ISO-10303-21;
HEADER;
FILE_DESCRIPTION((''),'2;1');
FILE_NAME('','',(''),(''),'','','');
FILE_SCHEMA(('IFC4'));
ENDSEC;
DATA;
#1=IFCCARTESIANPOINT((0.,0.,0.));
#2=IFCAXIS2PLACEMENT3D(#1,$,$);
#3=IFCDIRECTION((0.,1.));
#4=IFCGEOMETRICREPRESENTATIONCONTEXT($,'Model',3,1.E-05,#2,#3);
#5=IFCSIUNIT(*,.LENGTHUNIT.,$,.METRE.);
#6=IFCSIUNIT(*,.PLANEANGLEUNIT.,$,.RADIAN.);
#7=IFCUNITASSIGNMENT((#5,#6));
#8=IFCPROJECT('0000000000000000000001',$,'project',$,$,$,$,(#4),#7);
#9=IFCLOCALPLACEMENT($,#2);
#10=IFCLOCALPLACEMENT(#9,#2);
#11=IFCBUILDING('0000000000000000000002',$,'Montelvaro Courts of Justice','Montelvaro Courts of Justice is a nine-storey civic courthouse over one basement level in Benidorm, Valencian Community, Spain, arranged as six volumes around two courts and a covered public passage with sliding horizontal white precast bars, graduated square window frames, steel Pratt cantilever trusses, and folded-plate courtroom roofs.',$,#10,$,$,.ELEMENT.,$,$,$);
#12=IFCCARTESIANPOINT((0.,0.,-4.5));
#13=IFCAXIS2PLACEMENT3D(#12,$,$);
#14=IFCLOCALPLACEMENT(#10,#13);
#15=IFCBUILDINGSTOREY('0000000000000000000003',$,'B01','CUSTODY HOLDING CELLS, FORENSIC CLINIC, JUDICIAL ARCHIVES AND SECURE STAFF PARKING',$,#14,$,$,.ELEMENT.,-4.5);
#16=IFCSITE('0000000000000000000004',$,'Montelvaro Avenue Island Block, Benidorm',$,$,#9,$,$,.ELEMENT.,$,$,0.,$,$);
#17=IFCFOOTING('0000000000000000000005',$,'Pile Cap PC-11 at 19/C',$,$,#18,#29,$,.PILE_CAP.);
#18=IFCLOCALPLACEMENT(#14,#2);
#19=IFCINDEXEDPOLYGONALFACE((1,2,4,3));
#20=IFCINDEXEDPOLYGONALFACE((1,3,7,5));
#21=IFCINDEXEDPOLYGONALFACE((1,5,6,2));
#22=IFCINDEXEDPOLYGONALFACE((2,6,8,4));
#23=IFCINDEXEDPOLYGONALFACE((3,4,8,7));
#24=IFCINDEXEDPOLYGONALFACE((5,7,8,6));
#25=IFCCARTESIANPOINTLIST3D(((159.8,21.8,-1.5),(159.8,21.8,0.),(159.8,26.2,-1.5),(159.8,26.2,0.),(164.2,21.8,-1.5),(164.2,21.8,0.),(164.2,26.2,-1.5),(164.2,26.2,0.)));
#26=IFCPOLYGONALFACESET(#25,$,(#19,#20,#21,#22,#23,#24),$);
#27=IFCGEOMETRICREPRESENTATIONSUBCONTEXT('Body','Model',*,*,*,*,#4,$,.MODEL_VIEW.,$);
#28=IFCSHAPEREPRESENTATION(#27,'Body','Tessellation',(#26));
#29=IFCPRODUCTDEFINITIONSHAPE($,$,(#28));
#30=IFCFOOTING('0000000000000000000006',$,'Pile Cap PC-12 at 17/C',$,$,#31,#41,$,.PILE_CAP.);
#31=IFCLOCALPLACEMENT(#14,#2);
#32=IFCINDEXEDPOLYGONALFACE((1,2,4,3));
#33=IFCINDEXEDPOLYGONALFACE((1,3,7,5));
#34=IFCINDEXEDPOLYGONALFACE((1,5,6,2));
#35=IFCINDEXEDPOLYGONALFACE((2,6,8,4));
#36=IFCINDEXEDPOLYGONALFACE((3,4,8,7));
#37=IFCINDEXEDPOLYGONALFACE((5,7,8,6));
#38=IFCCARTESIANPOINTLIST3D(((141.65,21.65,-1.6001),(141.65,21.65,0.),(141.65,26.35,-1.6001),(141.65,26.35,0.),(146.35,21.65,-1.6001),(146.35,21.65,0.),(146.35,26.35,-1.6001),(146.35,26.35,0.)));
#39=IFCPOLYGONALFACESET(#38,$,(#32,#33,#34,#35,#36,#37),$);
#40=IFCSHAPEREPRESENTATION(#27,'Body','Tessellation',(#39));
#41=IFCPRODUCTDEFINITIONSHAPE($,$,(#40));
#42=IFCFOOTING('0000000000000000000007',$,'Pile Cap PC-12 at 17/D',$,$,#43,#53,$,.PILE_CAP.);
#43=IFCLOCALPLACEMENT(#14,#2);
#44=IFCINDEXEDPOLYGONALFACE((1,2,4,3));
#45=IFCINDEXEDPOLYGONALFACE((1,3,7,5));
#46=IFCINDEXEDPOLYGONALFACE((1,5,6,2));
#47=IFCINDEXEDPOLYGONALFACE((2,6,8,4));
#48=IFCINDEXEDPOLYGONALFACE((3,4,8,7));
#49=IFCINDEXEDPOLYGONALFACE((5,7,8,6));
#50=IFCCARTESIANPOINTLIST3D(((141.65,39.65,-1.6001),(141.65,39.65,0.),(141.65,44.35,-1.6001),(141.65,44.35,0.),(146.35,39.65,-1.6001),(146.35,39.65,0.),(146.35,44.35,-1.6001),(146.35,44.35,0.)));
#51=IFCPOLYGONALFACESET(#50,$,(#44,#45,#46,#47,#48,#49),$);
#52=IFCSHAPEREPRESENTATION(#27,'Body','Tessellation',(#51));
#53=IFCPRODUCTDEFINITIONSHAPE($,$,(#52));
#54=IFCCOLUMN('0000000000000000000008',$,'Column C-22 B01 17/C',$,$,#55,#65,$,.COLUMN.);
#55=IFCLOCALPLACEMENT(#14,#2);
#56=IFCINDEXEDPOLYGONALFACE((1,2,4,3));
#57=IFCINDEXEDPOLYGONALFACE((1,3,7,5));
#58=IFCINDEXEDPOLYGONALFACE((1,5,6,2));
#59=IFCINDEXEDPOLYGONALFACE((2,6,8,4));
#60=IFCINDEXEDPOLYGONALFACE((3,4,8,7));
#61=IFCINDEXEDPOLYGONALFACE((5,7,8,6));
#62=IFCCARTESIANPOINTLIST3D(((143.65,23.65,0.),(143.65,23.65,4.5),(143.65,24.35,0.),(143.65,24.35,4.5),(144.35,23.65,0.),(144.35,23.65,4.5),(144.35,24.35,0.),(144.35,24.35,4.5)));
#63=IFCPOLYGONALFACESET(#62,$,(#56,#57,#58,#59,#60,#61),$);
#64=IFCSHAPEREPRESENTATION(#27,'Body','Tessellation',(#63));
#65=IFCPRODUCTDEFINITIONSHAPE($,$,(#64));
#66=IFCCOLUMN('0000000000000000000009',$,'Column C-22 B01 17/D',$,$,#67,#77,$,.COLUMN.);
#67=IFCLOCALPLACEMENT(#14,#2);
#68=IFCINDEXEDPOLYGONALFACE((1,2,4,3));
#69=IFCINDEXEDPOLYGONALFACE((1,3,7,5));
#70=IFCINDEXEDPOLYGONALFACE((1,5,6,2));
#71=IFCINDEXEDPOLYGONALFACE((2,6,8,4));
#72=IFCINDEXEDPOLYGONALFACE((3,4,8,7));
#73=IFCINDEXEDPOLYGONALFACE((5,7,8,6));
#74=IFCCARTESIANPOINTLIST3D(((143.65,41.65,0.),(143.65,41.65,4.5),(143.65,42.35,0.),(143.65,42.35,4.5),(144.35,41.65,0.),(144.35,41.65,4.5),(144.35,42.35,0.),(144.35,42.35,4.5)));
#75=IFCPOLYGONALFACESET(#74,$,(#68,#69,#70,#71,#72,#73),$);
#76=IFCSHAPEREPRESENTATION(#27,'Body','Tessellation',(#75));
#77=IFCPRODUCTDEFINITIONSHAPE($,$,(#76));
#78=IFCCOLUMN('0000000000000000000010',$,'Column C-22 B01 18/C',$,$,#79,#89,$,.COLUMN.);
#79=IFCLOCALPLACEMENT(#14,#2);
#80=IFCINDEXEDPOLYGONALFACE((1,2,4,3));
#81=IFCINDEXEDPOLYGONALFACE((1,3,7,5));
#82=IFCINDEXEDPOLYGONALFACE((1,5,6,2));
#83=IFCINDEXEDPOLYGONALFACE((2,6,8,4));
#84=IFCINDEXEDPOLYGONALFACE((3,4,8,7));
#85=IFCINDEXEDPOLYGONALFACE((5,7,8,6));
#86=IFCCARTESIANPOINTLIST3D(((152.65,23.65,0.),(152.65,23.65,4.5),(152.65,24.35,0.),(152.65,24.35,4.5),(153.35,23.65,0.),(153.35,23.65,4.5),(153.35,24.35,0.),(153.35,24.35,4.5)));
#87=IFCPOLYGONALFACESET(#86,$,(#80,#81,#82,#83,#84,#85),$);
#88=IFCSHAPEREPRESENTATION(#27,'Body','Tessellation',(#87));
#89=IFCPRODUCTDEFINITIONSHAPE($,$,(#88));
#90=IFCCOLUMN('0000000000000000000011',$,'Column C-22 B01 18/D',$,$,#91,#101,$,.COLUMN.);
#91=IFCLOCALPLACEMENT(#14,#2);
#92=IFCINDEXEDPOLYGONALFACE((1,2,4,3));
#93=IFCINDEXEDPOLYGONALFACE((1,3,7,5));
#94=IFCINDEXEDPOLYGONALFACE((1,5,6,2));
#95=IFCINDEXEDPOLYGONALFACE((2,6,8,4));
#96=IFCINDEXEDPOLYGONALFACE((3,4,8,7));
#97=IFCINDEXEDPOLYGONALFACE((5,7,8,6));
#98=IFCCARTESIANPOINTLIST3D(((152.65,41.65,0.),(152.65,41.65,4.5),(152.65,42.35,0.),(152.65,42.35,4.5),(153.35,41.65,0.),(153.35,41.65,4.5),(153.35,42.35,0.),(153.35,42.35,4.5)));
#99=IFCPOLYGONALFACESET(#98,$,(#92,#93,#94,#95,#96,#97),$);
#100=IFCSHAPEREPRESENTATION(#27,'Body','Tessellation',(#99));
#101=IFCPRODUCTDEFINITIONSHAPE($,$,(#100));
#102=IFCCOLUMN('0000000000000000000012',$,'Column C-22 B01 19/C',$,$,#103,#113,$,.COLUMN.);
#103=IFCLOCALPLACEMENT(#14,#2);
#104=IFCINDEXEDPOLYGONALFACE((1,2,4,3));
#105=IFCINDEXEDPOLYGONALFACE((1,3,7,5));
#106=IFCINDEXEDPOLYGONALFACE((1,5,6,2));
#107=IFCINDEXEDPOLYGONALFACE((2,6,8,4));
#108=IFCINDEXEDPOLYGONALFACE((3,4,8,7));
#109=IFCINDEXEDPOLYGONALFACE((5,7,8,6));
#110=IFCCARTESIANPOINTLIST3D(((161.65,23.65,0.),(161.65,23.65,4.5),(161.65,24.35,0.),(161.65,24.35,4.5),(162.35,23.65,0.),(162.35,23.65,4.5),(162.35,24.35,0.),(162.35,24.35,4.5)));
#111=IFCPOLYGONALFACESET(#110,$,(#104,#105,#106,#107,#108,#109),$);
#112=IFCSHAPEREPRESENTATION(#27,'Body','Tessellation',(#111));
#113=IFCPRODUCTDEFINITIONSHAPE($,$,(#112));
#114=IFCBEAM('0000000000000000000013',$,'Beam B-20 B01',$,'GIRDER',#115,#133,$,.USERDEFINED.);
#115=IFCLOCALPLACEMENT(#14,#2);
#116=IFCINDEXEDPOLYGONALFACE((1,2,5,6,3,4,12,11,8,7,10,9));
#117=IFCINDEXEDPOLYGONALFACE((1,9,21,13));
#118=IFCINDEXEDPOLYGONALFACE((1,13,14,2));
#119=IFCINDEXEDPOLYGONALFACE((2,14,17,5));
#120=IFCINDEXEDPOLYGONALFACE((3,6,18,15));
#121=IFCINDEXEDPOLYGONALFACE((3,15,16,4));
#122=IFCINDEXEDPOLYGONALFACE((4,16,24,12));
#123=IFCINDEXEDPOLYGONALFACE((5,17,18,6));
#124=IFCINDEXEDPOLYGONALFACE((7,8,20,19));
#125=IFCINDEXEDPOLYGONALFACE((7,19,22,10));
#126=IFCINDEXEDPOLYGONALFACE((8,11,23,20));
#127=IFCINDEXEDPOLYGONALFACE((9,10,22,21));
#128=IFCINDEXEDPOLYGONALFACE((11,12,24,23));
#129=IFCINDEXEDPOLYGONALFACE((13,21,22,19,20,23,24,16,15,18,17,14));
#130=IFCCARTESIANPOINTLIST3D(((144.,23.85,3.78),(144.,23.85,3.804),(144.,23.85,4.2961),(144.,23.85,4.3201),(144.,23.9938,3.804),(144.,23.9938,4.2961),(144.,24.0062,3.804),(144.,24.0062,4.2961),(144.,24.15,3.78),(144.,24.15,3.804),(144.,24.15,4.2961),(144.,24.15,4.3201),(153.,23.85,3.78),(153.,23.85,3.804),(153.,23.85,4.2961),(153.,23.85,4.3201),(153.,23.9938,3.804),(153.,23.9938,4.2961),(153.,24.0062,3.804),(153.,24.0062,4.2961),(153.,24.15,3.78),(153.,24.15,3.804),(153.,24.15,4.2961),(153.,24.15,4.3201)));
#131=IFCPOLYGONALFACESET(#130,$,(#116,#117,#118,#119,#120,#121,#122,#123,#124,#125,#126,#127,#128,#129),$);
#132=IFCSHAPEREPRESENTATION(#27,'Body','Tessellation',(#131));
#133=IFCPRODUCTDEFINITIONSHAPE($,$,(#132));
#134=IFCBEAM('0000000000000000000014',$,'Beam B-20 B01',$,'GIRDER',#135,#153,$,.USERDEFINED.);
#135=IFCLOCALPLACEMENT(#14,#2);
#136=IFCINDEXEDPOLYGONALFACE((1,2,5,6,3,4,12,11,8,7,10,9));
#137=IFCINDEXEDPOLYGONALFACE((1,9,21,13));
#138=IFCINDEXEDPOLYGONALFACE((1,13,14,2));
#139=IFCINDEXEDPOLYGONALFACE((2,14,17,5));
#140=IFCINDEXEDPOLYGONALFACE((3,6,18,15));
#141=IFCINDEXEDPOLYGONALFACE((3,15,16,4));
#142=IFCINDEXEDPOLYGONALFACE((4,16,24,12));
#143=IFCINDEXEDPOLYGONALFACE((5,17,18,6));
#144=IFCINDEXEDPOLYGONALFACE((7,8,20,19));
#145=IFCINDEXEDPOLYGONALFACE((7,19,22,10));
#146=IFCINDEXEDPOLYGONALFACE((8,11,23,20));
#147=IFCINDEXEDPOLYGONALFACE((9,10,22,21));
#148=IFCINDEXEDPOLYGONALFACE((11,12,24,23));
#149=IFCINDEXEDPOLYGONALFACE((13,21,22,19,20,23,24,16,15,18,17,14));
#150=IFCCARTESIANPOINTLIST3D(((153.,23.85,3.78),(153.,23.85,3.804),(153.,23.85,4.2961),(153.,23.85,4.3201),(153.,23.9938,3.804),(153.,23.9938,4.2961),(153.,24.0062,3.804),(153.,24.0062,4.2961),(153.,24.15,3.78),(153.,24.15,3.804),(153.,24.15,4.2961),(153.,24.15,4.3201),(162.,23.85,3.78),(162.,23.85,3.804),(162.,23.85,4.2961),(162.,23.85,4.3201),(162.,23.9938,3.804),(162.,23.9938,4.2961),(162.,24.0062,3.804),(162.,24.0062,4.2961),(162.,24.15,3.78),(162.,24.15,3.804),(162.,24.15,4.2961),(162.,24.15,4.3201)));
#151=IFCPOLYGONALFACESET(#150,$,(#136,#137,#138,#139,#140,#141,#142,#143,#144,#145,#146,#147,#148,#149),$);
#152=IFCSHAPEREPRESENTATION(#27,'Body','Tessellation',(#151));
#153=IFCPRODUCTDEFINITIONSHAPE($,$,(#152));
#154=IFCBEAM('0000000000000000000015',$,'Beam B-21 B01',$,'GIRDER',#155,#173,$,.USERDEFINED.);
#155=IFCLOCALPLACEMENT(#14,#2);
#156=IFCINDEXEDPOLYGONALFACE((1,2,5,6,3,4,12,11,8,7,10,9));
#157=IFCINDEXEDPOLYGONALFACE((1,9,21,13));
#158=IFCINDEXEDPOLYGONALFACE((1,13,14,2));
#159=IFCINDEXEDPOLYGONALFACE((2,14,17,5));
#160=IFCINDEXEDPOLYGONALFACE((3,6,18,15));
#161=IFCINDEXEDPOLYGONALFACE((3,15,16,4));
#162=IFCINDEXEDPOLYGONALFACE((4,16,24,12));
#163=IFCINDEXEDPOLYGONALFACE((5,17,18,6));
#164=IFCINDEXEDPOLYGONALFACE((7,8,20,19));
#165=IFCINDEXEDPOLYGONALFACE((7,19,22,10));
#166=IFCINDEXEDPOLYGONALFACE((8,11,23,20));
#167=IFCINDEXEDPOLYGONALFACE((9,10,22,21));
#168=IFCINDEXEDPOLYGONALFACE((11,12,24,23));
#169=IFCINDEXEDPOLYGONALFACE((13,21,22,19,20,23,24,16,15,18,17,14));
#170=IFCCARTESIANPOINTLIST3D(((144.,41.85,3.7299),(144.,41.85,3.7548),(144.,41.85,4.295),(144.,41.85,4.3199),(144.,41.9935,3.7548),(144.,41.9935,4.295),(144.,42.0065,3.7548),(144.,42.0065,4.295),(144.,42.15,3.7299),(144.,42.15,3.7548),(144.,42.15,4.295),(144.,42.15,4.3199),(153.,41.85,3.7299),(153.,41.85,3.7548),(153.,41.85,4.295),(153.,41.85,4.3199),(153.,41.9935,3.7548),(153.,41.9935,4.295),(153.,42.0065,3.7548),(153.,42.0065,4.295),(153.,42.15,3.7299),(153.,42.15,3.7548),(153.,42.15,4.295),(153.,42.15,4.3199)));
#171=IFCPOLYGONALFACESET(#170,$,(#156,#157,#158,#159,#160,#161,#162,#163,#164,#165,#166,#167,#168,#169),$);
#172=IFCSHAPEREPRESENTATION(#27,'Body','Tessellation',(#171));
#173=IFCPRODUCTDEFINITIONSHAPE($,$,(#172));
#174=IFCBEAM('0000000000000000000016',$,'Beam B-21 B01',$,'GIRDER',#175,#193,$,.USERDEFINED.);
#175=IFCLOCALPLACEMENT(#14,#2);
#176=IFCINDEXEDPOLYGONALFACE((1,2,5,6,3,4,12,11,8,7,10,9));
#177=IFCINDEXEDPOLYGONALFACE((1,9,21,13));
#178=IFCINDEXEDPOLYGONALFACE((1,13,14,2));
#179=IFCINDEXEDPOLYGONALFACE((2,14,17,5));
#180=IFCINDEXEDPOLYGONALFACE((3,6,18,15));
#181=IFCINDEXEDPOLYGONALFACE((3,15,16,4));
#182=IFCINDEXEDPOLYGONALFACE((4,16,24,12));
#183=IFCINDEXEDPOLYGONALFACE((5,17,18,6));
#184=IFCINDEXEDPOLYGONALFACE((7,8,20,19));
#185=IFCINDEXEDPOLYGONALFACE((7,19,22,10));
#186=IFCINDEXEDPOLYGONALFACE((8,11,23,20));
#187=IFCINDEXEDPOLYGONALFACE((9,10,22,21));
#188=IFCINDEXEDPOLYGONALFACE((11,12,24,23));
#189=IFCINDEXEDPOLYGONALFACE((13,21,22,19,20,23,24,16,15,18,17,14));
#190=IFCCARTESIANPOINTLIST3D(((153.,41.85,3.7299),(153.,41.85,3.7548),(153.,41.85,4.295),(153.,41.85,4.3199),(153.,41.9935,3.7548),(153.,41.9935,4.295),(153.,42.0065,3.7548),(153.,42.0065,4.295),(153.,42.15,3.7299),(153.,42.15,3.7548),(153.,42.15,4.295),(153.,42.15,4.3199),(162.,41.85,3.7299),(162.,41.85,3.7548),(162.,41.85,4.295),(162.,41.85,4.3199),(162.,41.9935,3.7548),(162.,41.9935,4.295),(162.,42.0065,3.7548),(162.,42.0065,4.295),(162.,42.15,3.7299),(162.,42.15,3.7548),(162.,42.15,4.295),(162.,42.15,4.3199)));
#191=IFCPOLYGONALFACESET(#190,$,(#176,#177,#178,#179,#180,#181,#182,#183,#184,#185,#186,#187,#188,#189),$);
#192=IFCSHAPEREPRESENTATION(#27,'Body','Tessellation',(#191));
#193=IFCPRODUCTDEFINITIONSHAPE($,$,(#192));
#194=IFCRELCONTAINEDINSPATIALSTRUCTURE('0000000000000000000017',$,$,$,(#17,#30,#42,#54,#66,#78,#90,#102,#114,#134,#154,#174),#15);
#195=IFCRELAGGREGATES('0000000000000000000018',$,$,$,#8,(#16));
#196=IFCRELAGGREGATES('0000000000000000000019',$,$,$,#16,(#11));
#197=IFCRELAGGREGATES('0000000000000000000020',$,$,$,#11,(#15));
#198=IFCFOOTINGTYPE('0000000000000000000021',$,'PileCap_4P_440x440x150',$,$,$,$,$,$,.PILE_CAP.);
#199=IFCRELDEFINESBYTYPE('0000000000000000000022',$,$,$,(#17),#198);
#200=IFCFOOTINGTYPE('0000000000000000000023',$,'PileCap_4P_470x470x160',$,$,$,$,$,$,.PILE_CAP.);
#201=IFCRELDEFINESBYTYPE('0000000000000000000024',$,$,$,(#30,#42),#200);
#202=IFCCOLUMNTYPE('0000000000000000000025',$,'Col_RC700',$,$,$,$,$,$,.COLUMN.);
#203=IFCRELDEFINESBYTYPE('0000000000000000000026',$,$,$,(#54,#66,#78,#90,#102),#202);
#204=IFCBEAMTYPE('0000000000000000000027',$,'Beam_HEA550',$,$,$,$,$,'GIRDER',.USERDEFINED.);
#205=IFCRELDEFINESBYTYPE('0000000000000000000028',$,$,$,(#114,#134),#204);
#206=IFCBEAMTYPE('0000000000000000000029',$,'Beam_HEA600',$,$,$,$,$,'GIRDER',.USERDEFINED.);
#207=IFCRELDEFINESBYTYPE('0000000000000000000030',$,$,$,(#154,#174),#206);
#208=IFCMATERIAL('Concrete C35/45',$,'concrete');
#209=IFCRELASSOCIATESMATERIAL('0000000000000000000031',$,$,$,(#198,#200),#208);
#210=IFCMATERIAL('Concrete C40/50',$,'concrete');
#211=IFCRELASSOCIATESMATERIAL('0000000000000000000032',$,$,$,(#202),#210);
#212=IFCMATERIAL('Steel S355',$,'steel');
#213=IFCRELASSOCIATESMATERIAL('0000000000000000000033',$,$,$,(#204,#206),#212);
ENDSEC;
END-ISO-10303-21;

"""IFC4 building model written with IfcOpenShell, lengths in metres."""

from ifc_helpers import new_model, si_unit, direction, frame, origin, origin_2d, place, context, subcontext, project, spatial, rectangle, i_section, extrude, material, material_profile, profile_set, type_object, element, save


model = new_model("IFC4")

# Units and contexts
model_context = context("Model", 3, precision=1e-05, world=origin(), true_north=direction((0.0, 1.0)))
body_context = subcontext(model_context, "Body", "Model", "MODEL_VIEW")
ifc_project = project(units=[si_unit("LENGTHUNIT", "METRE"), si_unit("PLANEANGLEUNIT", "RADIAN")], contexts=[model_context])

# Site, building, storey
site_placement = place(None, origin())
site = spatial("IfcSite", under=ifc_project, at=site_placement, Name="Montelvaro Avenue Island Block, Benidorm", CompositionType="ELEMENT", RefElevation=0.0)
building_placement = place(site_placement, origin())
building = spatial("IfcBuilding", under=site, at=building_placement, Name="Montelvaro Courts of Justice", Description="Montelvaro Courts of Justice is a nine-storey civic courthouse over one basement level in Benidorm, Valencian Community, Spain, arranged as six volumes around two courts and a covered public passage with sliding horizontal white precast bars, graduated square window frames, steel Pratt cantilever trusses, and folded-plate courtroom roofs.", CompositionType="ELEMENT")
storey_placement = place(building_placement, frame((0.0, 0.0, -4.5)))
storey = spatial("IfcBuildingStorey", under=building, at=storey_placement, Name="B01", Description="CUSTODY HOLDING CELLS, FORENSIC CLINIC, JUDICIAL ARCHIVES AND SECURE STAFF PARKING", CompositionType="ELEMENT", Elevation=-4.5)

# Shared definitions
ifc_material_1 = material(Name="Concrete C35/45", Category="concrete")

# Footings
footing_type_1 = type_object("IfcFootingType", Name="PileCap_4P_440x440x150", PredefinedType="PILE_CAP", material=ifc_material_1)
footing_placement = place(storey_placement, frame((162.0, 24.0, -1.5), z_axis=(0.0, 0.0, 1.0), x_axis=(1.0, 0.0, 0.0)))
element("IfcFooting", 1, at=footing_placement, inside=storey, type_object=footing_type_1, Name="Pile Cap PC-11 at 19/C", PredefinedType="PILE_CAP", context=body_context, shape_type="SweptSolid", body=[
    extrude(rectangle(XDim=4.3999, YDim=4.3999, at=origin_2d()), origin(), (0.0, 0.0, 1.0), 1.5),
])
footing_type_2 = type_object("IfcFootingType", Name="PileCap_4P_470x470x160", PredefinedType="PILE_CAP", material=ifc_material_1)
for number, where, z_axis, x_axis, name in (
    (2, (144.0, 24.0, -1.6001), (0.0, 0.0, 1.0), (1.0, 0.0, 0.0), "Pile Cap PC-12 at 17/C"),
    (3, (144.0, 42.0, -1.6001), (0.0, 0.0, 1.0), (1.0, 0.0, 0.0), "Pile Cap PC-12 at 17/D"),
):
    element("IfcFooting", number, at=place(storey_placement, frame(where, z_axis=z_axis, x_axis=x_axis)), inside=storey, type_object=footing_type_2, Name=name, PredefinedType="PILE_CAP", context=body_context, shape_type="SweptSolid", body=[
        extrude(rectangle(XDim=4.7, YDim=4.7, at=origin_2d()), origin(), (0.0, 0.0, 1.0), 1.6001),
    ])

# Columns
ifc_material_2 = material(Name="Concrete C40/50", Category="concrete")
ifc_material_profile_1 = material_profile(ifc_material_2, rectangle(XDim=0.7, YDim=0.7, at=origin_2d()), Name="RC 700x700")
ifc_profile_set_1 = profile_set([ifc_material_profile_1], Name="Concrete C40/50")
column_type = type_object("IfcColumnType", Name="Col_RC700", PredefinedType="COLUMN", material=ifc_profile_set_1)
for number, where, z_axis, x_axis, name in (
    (4, (144.0, 24.0, 0.0), (0.0, 0.0, 1.0), (1.0, 0.0, 0.0), "Column C-22 B01 17/C"),
    (5, (144.0, 42.0, 0.0), (0.0, 0.0, 1.0), (1.0, 0.0, 0.0), "Column C-22 B01 17/D"),
    (6, (153.0, 24.0, 0.0), (0.0, 0.0, 1.0), (1.0, 0.0, 0.0), "Column C-22 B01 18/C"),
    (7, (153.0, 42.0, 0.0), (0.0, 0.0, 1.0), (1.0, 0.0, 0.0), "Column C-22 B01 18/D"),
    (8, (162.0, 24.0, 0.0), (0.0, 0.0, 1.0), (1.0, 0.0, 0.0), "Column C-22 B01 19/C"),
):
    element("IfcColumn", number, at=place(storey_placement, frame(where, z_axis=z_axis, x_axis=x_axis)), inside=storey, type_object=column_type, Name=name, PredefinedType="COLUMN", context=body_context, shape_type="SweptSolid", body=[
        extrude(rectangle(XDim=0.7, YDim=0.7, at=origin_2d()), origin(), (0.0, 0.0, 1.0), 4.5),
    ])

# Beams
ifc_material_3 = material(Name="Steel S355", Category="steel")
ifc_material_profile_2 = material_profile(ifc_material_3, i_section(OverallWidth=0.3, OverallDepth=0.54, WebThickness=0.0125, FlangeThickness=0.0239, at=origin_2d()), Name="HEA 550")
ifc_profile_set_2 = profile_set([ifc_material_profile_2], Name="Steel S355")
beam_type_1 = type_object("IfcBeamType", Name="Beam_HEA550", ElementType="GIRDER", PredefinedType="USERDEFINED", material=ifc_profile_set_2)
for number, where, z_axis, x_axis, name in (
    (9, (144.0, 24.0, 4.05), (1.0, 0.0, 0.0), (0.0, 1.0, 0.0), "Beam B-20 B01"),
    (10, (153.0, 24.0, 4.05), (1.0, 0.0, 0.0), (0.0, 1.0, 0.0), "Beam B-20 B01"),
):
    element("IfcBeam", number, at=place(storey_placement, frame(where, z_axis=z_axis, x_axis=x_axis)), inside=storey, type_object=beam_type_1, Name=name, ObjectType="GIRDER", PredefinedType="USERDEFINED", context=body_context, shape_type="SweptSolid", body=[
        extrude(i_section(OverallWidth=0.3, OverallDepth=0.54, WebThickness=0.0125, FlangeThickness=0.0239, at=origin_2d()), origin(), (0.0, 0.0, 1.0), 9.0),
    ])
ifc_material_profile_3 = material_profile(ifc_material_3, i_section(OverallWidth=0.3, OverallDepth=0.5901, WebThickness=0.0129, FlangeThickness=0.0249, at=origin_2d()), Name="HEA 600")
ifc_profile_set_3 = profile_set([ifc_material_profile_3], Name="Steel S355")
beam_type_2 = type_object("IfcBeamType", Name="Beam_HEA600", ElementType="GIRDER", PredefinedType="USERDEFINED", material=ifc_profile_set_3)
for number, where, z_axis, x_axis, name in (
    (11, (144.0, 42.0, 4.0249), (1.0, 0.0, 0.0), (0.0, 1.0, 0.0), "Beam B-21 B01"),
    (12, (153.0, 42.0, 4.0249), (1.0, 0.0, 0.0), (0.0, 1.0, 0.0), "Beam B-21 B01"),
):
    element("IfcBeam", number, at=place(storey_placement, frame(where, z_axis=z_axis, x_axis=x_axis)), inside=storey, type_object=beam_type_2, Name=name, ObjectType="GIRDER", PredefinedType="USERDEFINED", context=body_context, shape_type="SweptSolid", body=[
        extrude(i_section(OverallWidth=0.3, OverallDepth=0.5901, WebThickness=0.0129, FlangeThickness=0.0249, at=origin_2d()), origin(), (0.0, 0.0, 1.0), 9.0),
    ])

save(model, "model.ifc")
